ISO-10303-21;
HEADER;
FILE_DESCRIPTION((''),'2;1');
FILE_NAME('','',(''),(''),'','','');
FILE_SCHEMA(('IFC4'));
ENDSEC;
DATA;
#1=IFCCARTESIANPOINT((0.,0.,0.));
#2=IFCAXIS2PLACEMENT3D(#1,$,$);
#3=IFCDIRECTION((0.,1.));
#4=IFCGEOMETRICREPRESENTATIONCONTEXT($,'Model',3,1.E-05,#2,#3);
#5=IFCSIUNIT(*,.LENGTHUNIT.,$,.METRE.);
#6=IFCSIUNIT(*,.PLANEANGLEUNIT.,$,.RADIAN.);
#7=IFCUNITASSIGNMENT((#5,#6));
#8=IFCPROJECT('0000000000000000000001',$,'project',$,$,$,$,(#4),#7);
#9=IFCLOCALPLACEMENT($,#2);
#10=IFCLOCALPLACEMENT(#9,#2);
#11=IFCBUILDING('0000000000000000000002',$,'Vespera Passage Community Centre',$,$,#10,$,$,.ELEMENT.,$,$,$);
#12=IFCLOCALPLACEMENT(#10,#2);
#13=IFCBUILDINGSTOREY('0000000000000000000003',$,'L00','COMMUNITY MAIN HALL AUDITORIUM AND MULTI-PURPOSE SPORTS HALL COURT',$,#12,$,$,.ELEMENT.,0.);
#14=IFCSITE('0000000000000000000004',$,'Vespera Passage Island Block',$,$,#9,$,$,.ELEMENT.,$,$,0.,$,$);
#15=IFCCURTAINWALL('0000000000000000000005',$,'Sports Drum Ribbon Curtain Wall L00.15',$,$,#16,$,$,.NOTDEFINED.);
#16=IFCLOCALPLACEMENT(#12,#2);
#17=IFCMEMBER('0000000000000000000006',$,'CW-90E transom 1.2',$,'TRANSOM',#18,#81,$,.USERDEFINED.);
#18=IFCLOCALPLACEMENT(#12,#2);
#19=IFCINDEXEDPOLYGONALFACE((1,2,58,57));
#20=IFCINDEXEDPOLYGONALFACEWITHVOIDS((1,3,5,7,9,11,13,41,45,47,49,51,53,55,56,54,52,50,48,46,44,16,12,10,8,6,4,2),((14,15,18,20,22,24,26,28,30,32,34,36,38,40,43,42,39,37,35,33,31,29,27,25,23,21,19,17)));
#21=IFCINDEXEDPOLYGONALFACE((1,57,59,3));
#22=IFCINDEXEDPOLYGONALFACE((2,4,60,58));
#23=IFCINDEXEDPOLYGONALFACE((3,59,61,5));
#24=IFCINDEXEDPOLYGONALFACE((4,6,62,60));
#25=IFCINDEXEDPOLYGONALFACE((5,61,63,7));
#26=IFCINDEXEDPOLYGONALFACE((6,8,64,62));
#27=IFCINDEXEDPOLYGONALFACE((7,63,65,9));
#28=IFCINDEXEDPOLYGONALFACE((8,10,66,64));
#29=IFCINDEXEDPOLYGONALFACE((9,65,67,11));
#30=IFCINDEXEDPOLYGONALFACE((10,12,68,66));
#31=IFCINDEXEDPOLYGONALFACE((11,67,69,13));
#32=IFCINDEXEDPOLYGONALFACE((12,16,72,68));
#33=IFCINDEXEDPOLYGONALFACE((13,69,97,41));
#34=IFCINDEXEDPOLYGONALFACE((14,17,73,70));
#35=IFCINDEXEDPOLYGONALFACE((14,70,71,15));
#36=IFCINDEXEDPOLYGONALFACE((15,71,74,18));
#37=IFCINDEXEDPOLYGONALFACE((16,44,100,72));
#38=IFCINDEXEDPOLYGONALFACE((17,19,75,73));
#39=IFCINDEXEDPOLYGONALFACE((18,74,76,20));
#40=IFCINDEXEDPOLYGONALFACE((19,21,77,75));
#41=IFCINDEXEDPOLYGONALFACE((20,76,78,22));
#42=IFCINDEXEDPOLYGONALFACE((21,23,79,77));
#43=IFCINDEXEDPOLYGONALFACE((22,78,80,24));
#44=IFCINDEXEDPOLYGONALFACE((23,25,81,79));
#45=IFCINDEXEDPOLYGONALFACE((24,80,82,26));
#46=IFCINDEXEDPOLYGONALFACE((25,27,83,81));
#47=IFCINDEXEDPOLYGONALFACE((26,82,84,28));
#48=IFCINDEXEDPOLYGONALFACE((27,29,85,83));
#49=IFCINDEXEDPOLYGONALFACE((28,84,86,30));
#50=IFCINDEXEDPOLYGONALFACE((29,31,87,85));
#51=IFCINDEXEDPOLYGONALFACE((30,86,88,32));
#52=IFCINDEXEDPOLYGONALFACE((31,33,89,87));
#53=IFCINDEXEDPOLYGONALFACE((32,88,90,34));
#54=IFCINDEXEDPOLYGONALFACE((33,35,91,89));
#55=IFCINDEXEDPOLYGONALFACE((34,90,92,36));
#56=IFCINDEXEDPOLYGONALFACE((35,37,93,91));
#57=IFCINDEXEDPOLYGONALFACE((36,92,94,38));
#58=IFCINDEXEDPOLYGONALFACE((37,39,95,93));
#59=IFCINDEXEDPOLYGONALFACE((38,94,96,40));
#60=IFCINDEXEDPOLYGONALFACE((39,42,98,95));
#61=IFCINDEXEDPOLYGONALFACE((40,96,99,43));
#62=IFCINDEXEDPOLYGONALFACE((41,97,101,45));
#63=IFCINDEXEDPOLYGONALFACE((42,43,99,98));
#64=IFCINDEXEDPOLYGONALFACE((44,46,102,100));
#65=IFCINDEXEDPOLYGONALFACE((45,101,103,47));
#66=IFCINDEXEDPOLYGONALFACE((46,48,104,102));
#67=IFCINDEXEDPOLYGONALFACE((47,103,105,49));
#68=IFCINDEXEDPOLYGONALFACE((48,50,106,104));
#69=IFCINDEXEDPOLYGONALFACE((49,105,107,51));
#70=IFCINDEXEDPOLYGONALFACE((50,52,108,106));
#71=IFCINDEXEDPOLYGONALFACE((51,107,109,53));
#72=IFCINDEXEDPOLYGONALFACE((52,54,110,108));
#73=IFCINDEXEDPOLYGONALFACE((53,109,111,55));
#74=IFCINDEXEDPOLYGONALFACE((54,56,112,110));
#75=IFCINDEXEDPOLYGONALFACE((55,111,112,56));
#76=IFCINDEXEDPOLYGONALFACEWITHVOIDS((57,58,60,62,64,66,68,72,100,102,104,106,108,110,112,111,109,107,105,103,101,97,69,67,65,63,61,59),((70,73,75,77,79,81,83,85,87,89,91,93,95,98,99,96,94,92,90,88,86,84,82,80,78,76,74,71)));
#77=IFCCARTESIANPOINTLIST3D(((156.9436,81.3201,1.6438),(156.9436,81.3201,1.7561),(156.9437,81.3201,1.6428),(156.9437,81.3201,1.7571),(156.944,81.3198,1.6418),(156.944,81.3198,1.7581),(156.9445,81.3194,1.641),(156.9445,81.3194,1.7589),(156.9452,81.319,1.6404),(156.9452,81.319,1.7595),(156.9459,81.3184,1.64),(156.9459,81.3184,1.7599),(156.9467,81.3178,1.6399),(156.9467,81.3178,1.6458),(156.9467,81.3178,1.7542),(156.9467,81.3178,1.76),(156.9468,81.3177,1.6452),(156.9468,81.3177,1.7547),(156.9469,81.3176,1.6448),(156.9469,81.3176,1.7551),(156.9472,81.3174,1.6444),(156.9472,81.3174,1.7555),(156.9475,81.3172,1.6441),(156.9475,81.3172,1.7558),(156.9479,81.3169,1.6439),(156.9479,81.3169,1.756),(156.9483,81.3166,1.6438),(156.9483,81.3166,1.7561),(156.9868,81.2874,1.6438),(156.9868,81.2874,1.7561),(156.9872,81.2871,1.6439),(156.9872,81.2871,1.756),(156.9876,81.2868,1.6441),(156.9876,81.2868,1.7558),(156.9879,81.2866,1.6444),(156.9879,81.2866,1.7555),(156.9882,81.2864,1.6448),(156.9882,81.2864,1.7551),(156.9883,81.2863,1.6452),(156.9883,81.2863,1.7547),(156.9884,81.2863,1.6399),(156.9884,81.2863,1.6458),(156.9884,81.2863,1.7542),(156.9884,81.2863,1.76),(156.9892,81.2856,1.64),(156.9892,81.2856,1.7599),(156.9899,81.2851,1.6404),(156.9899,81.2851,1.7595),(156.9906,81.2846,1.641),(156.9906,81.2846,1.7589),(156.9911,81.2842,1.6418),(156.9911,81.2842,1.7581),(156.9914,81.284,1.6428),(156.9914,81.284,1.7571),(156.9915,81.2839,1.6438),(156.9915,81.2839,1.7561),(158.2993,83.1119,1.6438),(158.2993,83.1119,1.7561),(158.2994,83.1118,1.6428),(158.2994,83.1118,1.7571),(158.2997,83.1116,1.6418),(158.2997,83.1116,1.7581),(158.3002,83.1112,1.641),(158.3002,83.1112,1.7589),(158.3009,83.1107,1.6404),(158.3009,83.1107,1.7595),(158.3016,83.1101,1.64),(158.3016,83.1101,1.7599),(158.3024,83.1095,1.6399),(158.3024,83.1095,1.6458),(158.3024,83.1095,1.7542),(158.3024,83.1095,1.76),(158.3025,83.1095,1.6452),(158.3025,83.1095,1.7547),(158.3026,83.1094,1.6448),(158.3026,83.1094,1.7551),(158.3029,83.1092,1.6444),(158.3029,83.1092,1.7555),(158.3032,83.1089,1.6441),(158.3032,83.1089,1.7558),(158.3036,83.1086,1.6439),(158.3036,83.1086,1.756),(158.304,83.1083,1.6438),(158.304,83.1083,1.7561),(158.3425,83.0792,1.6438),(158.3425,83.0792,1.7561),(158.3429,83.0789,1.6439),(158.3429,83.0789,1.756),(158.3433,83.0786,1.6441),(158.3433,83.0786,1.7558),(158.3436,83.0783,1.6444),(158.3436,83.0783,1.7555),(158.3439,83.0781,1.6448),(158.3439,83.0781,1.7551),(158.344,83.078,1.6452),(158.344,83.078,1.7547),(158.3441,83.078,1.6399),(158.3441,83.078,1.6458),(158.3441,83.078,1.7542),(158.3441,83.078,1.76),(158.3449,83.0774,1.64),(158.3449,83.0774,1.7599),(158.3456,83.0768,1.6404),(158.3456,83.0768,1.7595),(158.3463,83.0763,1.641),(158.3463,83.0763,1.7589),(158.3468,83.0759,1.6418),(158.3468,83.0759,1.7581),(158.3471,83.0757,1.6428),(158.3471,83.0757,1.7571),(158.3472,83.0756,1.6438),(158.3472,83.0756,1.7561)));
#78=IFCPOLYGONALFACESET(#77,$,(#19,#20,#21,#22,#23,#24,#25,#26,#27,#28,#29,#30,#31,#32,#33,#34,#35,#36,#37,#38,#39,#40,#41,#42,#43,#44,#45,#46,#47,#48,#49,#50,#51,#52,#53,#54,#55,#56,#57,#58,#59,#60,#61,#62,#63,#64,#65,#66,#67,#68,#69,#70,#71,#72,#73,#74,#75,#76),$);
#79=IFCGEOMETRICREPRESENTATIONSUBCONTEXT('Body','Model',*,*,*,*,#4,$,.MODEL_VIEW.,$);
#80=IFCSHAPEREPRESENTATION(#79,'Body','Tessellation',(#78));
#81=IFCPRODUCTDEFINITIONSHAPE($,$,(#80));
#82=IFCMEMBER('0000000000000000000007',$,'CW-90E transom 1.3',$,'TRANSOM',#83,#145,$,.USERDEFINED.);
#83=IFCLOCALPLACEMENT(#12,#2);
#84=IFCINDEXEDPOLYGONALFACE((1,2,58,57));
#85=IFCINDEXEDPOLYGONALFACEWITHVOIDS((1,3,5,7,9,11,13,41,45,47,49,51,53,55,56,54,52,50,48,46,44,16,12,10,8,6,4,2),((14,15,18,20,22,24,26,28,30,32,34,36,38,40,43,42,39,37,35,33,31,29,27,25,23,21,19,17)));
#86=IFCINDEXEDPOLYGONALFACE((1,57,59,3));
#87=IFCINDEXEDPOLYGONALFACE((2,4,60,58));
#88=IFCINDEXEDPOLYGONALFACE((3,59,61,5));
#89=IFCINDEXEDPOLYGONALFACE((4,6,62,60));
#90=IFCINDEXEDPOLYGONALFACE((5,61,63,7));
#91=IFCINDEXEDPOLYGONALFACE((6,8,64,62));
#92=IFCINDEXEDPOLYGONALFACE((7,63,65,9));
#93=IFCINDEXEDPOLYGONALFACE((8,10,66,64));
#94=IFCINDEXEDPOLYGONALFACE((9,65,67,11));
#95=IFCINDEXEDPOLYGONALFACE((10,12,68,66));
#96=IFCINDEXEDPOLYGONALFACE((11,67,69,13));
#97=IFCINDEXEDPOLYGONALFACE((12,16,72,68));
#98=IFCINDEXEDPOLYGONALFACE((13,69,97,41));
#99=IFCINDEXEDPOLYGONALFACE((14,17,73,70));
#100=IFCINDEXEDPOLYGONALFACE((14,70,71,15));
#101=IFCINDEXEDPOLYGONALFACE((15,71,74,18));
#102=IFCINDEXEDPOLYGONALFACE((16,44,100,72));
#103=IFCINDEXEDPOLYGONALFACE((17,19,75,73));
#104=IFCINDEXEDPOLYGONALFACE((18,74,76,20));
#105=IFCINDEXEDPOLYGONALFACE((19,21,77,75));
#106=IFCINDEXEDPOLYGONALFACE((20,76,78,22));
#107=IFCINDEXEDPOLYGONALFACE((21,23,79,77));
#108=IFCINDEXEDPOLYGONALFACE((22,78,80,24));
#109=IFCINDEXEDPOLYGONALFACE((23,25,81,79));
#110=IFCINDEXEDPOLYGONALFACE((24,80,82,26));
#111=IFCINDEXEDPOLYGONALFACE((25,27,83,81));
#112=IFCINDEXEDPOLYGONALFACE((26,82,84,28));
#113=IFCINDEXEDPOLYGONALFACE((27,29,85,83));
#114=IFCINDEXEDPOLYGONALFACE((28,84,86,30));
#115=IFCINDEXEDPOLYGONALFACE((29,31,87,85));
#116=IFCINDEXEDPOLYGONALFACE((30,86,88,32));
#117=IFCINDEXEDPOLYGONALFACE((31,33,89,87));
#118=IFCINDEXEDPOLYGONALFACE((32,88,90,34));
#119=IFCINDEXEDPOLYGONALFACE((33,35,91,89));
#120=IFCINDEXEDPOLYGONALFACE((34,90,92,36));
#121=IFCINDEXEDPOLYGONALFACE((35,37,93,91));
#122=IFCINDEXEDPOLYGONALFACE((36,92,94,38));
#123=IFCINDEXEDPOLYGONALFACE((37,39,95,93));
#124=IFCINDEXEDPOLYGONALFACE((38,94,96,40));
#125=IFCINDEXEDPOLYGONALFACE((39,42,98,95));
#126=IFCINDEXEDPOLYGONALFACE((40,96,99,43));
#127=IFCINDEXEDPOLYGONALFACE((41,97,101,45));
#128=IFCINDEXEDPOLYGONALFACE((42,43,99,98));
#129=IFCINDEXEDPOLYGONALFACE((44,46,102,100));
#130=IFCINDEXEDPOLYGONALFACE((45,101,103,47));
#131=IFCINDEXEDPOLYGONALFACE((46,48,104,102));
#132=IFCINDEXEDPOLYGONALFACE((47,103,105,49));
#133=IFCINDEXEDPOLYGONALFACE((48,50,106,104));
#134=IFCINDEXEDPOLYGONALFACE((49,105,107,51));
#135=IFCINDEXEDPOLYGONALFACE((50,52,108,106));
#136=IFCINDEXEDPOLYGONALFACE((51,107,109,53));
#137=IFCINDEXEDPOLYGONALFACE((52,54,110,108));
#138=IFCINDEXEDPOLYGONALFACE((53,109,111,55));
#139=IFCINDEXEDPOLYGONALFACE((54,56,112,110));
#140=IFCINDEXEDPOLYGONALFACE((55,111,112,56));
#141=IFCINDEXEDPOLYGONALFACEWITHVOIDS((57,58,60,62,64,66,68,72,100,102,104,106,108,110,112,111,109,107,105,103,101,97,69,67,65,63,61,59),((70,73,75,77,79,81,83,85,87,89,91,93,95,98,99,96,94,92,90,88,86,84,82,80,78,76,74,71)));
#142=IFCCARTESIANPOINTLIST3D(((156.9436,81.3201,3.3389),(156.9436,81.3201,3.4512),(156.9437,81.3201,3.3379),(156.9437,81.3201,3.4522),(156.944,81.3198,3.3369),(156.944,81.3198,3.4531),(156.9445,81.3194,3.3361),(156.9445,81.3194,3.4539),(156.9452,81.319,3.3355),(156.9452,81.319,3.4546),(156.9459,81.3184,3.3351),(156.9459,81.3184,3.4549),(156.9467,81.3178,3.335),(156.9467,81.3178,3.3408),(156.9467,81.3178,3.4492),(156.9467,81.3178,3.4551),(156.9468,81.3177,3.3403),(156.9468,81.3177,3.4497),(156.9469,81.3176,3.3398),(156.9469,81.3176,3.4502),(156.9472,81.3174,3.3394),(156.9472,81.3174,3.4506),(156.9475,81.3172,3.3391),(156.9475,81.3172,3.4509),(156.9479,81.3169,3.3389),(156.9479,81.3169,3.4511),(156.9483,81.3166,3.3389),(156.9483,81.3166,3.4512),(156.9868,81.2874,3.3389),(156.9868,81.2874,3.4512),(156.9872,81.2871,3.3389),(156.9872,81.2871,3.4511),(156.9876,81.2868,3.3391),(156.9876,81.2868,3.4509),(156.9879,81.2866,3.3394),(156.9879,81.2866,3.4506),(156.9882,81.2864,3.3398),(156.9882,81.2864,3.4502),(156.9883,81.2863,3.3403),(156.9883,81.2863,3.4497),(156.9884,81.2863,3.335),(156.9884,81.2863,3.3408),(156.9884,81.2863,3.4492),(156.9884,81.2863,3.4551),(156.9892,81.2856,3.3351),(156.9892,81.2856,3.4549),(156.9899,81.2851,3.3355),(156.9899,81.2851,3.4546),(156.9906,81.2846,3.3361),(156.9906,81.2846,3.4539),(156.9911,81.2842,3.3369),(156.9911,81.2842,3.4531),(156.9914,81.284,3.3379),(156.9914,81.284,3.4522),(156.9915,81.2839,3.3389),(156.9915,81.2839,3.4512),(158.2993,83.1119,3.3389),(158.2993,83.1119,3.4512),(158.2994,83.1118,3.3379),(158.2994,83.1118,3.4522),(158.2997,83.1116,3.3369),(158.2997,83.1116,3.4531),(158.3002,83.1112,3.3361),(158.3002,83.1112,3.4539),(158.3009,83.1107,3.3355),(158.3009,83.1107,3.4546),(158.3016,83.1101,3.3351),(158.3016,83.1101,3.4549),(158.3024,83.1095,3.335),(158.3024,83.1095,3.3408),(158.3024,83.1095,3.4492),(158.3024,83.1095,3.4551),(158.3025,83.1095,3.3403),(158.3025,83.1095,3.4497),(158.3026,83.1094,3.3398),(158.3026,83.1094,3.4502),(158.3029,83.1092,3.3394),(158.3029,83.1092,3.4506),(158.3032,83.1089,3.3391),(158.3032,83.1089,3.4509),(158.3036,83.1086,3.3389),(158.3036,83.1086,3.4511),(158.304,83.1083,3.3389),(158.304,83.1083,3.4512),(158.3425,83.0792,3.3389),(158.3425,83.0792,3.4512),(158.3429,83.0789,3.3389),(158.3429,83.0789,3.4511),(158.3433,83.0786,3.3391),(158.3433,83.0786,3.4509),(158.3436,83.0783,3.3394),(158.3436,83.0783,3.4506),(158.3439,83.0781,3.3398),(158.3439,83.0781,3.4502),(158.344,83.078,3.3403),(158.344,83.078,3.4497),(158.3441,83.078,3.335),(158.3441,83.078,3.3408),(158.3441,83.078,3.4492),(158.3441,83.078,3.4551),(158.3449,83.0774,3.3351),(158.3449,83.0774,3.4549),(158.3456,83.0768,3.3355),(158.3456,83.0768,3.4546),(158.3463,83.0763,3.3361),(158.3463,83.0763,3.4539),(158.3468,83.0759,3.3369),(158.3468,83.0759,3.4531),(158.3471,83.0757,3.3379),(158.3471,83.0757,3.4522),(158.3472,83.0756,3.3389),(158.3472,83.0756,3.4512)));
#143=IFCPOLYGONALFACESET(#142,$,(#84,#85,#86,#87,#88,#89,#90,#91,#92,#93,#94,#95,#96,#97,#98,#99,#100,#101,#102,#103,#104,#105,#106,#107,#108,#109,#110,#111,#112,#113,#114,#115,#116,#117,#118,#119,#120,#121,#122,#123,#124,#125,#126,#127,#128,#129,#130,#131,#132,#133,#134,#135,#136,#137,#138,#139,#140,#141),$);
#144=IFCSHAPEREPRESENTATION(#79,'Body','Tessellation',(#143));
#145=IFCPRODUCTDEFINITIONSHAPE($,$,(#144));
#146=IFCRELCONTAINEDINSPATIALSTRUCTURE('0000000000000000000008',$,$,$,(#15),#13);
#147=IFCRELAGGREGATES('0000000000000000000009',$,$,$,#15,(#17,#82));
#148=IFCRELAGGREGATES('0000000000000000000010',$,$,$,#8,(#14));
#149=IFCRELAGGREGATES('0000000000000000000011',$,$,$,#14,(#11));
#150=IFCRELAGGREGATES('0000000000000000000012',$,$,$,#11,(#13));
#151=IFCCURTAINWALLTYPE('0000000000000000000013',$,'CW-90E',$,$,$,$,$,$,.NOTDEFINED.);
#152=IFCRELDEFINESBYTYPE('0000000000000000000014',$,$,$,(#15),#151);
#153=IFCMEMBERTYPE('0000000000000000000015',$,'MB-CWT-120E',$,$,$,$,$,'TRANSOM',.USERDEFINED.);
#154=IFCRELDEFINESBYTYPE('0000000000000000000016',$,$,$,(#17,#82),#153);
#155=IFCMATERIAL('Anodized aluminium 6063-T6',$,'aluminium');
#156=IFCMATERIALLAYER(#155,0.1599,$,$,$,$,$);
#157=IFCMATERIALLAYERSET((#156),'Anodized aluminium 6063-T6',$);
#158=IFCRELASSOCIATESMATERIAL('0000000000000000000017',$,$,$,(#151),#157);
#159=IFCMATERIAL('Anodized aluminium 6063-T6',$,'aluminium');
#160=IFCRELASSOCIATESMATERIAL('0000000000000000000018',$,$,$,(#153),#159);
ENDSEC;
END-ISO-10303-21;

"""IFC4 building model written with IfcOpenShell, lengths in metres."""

from ifc_helpers import new_model, si_unit, direction, frame, origin, origin_2d, place, context, subcontext, project, spatial, hollow_rectangle, extrude, material, layer, layer_set, material_profile, profile_set, type_object, element, aggregate, save


model = new_model("IFC4")

# Units and contexts
model_context = context("Model", 3, precision=1e-05, world=origin(), true_north=direction((0.0, 1.0)))
body_context = subcontext(model_context, "Body", "Model", "MODEL_VIEW")
ifc_project = project(units=[si_unit("LENGTHUNIT", "METRE"), si_unit("PLANEANGLEUNIT", "RADIAN")], contexts=[model_context])

# Site, building, storey
site_placement = place(None, origin())
site = spatial("IfcSite", under=ifc_project, at=site_placement, Name="Vespera Passage Island Block", CompositionType="ELEMENT", RefElevation=0.0)
building_placement = place(site_placement, origin())
building = spatial("IfcBuilding", under=site, at=building_placement, Name="Vespera Passage Community Centre", CompositionType="ELEMENT")
storey_placement = place(building_placement, origin())
storey = spatial("IfcBuildingStorey", under=building, at=storey_placement, Name="L00", Description="COMMUNITY MAIN HALL AUDITORIUM AND MULTI-PURPOSE SPORTS HALL COURT", CompositionType="ELEMENT", Elevation=0.0)

# Curtain wall
ifc_material_1 = material(Name="Anodized aluminium 6063-T6", Category="aluminium")
ifc_layer_1 = layer(ifc_material_1, 0.1599)
ifc_layer_set_1 = layer_set([ifc_layer_1], Name="Anodized aluminium 6063-T6")
curtain_wall_type_1 = type_object("IfcCurtainWallType", Name="CW-90E", PredefinedType="NOTDEFINED", material=ifc_layer_set_1)
curtain_wall_1_placement = place(storey_placement, origin())
curtain_wall_1 = element("IfcCurtainWall", 1, at=curtain_wall_1_placement, inside=storey, type_object=curtain_wall_type_1, Name="Sports Drum Ribbon Curtain Wall L00.15", PredefinedType="NOTDEFINED")

# Members
ifc_material_2 = material(Name="Anodized aluminium 6063-T6", Category="aluminium")
ifc_material_profile_1 = material_profile(ifc_material_2, hollow_rectangle(XDim=0.0601, YDim=0.1201, WallThickness=0.0039, InnerFilletRadius=0.002, OuterFilletRadius=0.0039, at=origin_2d()), Name="ALU120X60X4")
ifc_profile_set_1 = profile_set([ifc_material_profile_1], Name="Anodized aluminium 6063-T6")
member_type_1 = type_object("IfcMemberType", Name="MB-CWT-120E", ElementType="TRANSOM", PredefinedType="USERDEFINED", material=ifc_profile_set_1)
member_1_placement = place(storey_placement, frame((158.3232, 83.0938, 1.7), z_axis=(-0.603385, -0.79745, 0.0), x_axis=(0.79745, -0.603385, 0.0)))
member_1 = element("IfcMember", 2, at=member_1_placement, type_object=member_type_1, Name="CW-90E transom 1.2", ObjectType="TRANSOM", PredefinedType="USERDEFINED", context=body_context, shape_type="SweptSolid", body=[
    extrude(hollow_rectangle(XDim=0.0601, YDim=0.1201, WallThickness=0.0039, InnerFilletRadius=0.002, OuterFilletRadius=0.0039, at=origin_2d()), origin(), (0.0, 0.0, 1.0), 2.2468),
])
member_2_placement = place(storey_placement, frame((158.3232, 83.0938, 3.395), z_axis=(-0.603385, -0.79745, 0.0), x_axis=(0.79745, -0.603385, 0.0)))
member_2 = element("IfcMember", 3, at=member_2_placement, type_object=member_type_1, Name="CW-90E transom 1.3", ObjectType="TRANSOM", PredefinedType="USERDEFINED", context=body_context, shape_type="SweptSolid", body=[
    extrude(hollow_rectangle(XDim=0.0601, YDim=0.1201, WallThickness=0.0039, InnerFilletRadius=0.002, OuterFilletRadius=0.0039, at=origin_2d()), origin(), (0.0, 0.0, 1.0), 2.2468),
])

aggregate(curtain_wall_1, [member_1, member_2])

save(model, "model.ifc")
